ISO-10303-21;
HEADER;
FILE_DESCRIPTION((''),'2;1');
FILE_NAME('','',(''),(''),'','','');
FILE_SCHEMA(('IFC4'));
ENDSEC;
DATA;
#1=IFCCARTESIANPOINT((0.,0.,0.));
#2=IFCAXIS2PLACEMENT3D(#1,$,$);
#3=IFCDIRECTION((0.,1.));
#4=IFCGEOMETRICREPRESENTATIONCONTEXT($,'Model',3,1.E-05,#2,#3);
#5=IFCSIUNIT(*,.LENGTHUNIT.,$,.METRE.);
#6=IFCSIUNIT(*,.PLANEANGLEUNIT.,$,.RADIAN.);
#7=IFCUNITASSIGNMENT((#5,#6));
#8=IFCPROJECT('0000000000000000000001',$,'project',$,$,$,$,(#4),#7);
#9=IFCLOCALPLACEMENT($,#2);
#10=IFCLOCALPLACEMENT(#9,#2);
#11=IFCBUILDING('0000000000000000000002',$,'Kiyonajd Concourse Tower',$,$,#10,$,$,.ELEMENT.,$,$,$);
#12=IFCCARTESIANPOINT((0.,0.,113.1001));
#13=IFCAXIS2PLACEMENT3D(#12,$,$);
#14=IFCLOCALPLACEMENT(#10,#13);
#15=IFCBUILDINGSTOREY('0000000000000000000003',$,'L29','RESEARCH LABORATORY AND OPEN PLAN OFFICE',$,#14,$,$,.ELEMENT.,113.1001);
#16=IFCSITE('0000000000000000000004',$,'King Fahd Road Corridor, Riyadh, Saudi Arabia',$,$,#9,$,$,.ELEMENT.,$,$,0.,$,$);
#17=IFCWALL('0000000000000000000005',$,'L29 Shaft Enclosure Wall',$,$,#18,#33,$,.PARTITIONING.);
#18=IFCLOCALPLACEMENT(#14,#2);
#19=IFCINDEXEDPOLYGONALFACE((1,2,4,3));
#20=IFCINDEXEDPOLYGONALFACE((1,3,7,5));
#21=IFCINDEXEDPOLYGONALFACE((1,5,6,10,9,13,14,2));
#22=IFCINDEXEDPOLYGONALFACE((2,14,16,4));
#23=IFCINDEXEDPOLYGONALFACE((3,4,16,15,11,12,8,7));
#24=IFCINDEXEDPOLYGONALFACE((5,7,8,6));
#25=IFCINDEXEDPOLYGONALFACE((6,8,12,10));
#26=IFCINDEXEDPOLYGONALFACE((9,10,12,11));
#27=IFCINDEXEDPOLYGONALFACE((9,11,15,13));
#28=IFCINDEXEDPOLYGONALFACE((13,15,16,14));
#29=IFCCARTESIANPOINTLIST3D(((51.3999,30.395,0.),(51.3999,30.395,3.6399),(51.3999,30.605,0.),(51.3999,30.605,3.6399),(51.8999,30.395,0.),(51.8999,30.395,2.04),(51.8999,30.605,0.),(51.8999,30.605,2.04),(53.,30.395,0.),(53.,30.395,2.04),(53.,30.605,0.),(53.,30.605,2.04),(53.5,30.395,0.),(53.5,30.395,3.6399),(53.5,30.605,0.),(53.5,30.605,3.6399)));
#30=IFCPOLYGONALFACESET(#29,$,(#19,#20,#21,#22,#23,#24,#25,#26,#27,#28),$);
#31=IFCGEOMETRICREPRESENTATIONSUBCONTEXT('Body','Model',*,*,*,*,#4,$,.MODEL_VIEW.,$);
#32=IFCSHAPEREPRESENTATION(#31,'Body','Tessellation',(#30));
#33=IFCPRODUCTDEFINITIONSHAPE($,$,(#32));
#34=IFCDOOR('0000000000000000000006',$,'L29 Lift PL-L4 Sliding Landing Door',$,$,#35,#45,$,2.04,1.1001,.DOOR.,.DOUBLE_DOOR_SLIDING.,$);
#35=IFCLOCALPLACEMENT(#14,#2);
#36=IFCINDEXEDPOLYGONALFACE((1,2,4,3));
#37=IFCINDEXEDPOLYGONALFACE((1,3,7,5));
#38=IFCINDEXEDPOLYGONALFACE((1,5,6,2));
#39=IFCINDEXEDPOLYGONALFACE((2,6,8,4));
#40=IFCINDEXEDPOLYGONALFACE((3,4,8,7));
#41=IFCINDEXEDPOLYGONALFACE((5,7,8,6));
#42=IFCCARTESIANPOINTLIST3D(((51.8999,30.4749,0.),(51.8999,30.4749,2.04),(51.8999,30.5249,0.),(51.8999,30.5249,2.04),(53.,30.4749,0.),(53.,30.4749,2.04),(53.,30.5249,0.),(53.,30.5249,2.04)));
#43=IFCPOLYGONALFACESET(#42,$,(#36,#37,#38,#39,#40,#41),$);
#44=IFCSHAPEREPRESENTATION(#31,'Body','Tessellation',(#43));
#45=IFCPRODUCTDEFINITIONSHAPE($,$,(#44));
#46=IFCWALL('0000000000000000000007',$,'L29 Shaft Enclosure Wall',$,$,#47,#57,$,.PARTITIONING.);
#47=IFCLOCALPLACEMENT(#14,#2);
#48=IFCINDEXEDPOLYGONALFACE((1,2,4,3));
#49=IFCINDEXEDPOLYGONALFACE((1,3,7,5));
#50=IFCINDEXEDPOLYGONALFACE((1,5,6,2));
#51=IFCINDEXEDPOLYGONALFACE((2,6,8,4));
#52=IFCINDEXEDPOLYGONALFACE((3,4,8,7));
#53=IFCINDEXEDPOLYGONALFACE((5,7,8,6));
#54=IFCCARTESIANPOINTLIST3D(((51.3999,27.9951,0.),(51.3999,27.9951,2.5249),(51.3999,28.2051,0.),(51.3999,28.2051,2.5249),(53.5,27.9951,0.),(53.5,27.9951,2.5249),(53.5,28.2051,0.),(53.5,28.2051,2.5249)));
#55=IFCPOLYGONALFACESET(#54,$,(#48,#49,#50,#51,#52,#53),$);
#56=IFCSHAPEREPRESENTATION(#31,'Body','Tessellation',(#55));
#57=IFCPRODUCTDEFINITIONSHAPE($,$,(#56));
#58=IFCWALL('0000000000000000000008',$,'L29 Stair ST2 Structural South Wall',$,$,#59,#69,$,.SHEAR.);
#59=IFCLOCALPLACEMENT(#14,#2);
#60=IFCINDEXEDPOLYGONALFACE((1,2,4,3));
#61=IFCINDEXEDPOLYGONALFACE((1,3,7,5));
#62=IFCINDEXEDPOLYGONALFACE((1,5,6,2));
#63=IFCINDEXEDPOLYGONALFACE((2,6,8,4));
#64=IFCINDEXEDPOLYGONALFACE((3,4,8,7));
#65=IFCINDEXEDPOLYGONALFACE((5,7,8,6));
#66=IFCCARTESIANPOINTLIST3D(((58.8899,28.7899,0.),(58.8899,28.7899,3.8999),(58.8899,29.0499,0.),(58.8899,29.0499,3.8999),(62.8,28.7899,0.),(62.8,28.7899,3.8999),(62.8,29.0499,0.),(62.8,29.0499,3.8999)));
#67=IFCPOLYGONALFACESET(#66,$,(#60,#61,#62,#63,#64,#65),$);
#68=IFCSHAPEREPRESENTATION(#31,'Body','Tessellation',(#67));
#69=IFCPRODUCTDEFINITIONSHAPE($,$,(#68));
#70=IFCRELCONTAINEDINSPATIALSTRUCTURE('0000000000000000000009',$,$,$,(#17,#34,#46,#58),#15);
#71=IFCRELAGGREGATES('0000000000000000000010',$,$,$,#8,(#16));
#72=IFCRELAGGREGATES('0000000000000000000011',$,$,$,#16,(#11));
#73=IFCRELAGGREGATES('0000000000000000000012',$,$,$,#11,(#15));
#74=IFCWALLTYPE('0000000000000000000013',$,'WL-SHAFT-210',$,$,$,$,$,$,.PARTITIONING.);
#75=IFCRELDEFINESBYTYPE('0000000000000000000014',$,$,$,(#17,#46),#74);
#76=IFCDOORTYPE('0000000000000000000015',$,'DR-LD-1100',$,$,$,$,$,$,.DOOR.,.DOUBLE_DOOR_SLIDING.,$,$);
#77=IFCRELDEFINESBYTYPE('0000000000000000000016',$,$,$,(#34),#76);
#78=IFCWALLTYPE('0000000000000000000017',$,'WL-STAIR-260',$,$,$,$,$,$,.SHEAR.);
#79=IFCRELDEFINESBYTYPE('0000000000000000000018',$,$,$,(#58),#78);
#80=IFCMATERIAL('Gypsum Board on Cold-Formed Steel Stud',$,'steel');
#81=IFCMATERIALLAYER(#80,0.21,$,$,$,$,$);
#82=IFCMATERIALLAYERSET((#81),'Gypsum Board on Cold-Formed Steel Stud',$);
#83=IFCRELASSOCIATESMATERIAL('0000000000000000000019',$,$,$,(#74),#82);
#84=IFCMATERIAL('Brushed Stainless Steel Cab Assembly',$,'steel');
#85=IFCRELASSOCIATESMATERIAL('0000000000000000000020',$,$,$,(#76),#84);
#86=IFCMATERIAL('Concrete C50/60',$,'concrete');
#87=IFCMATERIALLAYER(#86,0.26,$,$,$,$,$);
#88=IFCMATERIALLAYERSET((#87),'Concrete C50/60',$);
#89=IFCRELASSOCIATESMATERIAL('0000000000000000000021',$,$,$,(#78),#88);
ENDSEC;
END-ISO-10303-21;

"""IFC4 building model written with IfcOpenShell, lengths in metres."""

from ifc_helpers import new_model, si_unit, direction, frame, frame_2d, origin, place, context, subcontext, project, spatial, rectangle, extrude, material, layer, layer_set, type_object, element, fill, save


model = new_model("IFC4")

# Units and contexts
model_context = context("Model", 3, precision=1e-05, world=origin(), true_north=direction((0.0, 1.0)))
body_context = subcontext(model_context, "Body", "Model", "MODEL_VIEW")
ifc_project = project(units=[si_unit("LENGTHUNIT", "METRE"), si_unit("PLANEANGLEUNIT", "RADIAN")], contexts=[model_context])

# Site, building, storey
site_placement = place(None, origin())
site = spatial("IfcSite", under=ifc_project, at=site_placement, Name="King Fahd Road Corridor, Riyadh, Saudi Arabia", CompositionType="ELEMENT", RefElevation=0.0)
building_placement = place(site_placement, origin())
building = spatial("IfcBuilding", under=site, at=building_placement, Name="Kiyonajd Concourse Tower", CompositionType="ELEMENT")
storey_placement = place(building_placement, frame((0.0, 0.0, 113.1001)))
storey = spatial("IfcBuildingStorey", under=building, at=storey_placement, Name="L29", Description="RESEARCH LABORATORY AND OPEN PLAN OFFICE", CompositionType="ELEMENT", Elevation=113.1001)

# Shared definitions
ifc_material_1 = material(Name="Concrete C50/60", Category="concrete")

# Shared definitions
ifc_material_2 = material(Name="Brushed Stainless Steel Cab Assembly", Category="steel")
ifc_material_3 = material(Name="Gypsum Board on Cold-Formed Steel Stud", Category="steel")
ifc_layer_1 = layer(ifc_material_3, 0.21)
ifc_layer_set_1 = layer_set([ifc_layer_1], Name="Gypsum Board on Cold-Formed Steel Stud")
wall_type_1 = type_object("IfcWallType", Name="WL-SHAFT-210", PredefinedType="PARTITIONING", material=ifc_layer_set_1)

# Wall, opening, door
wall_1_placement = place(storey_placement, frame((51.3999, 30.5, 0.0), z_axis=(0.0, 0.0, 1.0), x_axis=(1.0, 0.0, 0.0)))
wall_1 = element("IfcWall", 1, at=wall_1_placement, inside=storey, type_object=wall_type_1, Name="L29 Shaft Enclosure Wall", PredefinedType="PARTITIONING", context=body_context, shape_type="SweptSolid", body=[
    extrude(rectangle(XDim=2.1001, YDim=0.21, at=frame_2d((1.05, 0.0))), origin(), (0.0, 0.0, 1.0), 3.6399),
])
opening_1_placement = place(wall_1_placement, frame((0.5, 0.0, 0.0)))
opening_1 = element("IfcOpeningElement", 2, at=opening_1_placement, cuts=wall_1, PredefinedType="OPENING", context=body_context, shape_type="SweptSolid", body=[
    extrude(rectangle(XDim=1.1001, YDim=2.04, at=frame_2d((0.55, 1.02))), frame((0.0, 0.115, 0.0), z_axis=(0.0, -1.0, 0.0), x_axis=(1.0, 0.0, 0.0)), (0.0, 0.0, 1.0), 0.23),
])
door_type_1 = type_object("IfcDoorType", Name="DR-LD-1100", OperationType="DOUBLE_DOOR_SLIDING", PredefinedType="DOOR", material=ifc_material_2)
door_1_placement = place(opening_1_placement, origin())
door_1 = element("IfcDoor", 3, at=door_1_placement, inside=storey, type_object=door_type_1, Name="L29 Lift PL-L4 Sliding Landing Door", OperationType="DOUBLE_DOOR_SLIDING", OverallHeight=2.04, OverallWidth=1.1001, PredefinedType="DOOR", context=body_context, shape_type="SweptSolid", body=[
    extrude(rectangle(XDim=1.1001, YDim=2.04, at=frame_2d((0.55, 1.02))), frame((0.0, 0.0249, 0.0), z_axis=(0.0, -1.0, 0.0), x_axis=(1.0, 0.0, 0.0)), (0.0, 0.0, 1.0), 0.05),
])
fill(opening_1, door_1)

# Walls
wall_2_placement = place(storey_placement, frame((51.3999, 28.1001, 0.0), z_axis=(0.0, 0.0, 1.0), x_axis=(1.0, 0.0, 0.0)))
element("IfcWall", 4, at=wall_2_placement, inside=storey, type_object=wall_type_1, Name="L29 Shaft Enclosure Wall", PredefinedType="PARTITIONING", context=body_context, shape_type="SweptSolid", body=[
    extrude(rectangle(XDim=2.1001, YDim=0.21, at=frame_2d((1.05, 0.0))), origin(), (0.0, 0.0, 1.0), 2.5249),
])
ifc_layer_2 = layer(ifc_material_1, 0.26)
ifc_layer_set_2 = layer_set([ifc_layer_2], Name="Concrete C50/60")
wall_type_2 = type_object("IfcWallType", Name="WL-STAIR-260", PredefinedType="SHEAR", material=ifc_layer_set_2)
wall_3_placement = place(storey_placement, frame((58.8899, 28.9199, 0.0), z_axis=(0.0, 0.0, 1.0), x_axis=(1.0, 0.0, 0.0)))
element("IfcWall", 5, at=wall_3_placement, inside=storey, type_object=wall_type_2, Name="L29 Stair ST2 Structural South Wall", PredefinedType="SHEAR", context=body_context, shape_type="SweptSolid", body=[
    extrude(rectangle(XDim=3.9102, YDim=0.26, at=frame_2d((1.9551, 0.0))), origin(), (0.0, 0.0, 1.0), 3.8999),
])

save(model, "model.ifc")
